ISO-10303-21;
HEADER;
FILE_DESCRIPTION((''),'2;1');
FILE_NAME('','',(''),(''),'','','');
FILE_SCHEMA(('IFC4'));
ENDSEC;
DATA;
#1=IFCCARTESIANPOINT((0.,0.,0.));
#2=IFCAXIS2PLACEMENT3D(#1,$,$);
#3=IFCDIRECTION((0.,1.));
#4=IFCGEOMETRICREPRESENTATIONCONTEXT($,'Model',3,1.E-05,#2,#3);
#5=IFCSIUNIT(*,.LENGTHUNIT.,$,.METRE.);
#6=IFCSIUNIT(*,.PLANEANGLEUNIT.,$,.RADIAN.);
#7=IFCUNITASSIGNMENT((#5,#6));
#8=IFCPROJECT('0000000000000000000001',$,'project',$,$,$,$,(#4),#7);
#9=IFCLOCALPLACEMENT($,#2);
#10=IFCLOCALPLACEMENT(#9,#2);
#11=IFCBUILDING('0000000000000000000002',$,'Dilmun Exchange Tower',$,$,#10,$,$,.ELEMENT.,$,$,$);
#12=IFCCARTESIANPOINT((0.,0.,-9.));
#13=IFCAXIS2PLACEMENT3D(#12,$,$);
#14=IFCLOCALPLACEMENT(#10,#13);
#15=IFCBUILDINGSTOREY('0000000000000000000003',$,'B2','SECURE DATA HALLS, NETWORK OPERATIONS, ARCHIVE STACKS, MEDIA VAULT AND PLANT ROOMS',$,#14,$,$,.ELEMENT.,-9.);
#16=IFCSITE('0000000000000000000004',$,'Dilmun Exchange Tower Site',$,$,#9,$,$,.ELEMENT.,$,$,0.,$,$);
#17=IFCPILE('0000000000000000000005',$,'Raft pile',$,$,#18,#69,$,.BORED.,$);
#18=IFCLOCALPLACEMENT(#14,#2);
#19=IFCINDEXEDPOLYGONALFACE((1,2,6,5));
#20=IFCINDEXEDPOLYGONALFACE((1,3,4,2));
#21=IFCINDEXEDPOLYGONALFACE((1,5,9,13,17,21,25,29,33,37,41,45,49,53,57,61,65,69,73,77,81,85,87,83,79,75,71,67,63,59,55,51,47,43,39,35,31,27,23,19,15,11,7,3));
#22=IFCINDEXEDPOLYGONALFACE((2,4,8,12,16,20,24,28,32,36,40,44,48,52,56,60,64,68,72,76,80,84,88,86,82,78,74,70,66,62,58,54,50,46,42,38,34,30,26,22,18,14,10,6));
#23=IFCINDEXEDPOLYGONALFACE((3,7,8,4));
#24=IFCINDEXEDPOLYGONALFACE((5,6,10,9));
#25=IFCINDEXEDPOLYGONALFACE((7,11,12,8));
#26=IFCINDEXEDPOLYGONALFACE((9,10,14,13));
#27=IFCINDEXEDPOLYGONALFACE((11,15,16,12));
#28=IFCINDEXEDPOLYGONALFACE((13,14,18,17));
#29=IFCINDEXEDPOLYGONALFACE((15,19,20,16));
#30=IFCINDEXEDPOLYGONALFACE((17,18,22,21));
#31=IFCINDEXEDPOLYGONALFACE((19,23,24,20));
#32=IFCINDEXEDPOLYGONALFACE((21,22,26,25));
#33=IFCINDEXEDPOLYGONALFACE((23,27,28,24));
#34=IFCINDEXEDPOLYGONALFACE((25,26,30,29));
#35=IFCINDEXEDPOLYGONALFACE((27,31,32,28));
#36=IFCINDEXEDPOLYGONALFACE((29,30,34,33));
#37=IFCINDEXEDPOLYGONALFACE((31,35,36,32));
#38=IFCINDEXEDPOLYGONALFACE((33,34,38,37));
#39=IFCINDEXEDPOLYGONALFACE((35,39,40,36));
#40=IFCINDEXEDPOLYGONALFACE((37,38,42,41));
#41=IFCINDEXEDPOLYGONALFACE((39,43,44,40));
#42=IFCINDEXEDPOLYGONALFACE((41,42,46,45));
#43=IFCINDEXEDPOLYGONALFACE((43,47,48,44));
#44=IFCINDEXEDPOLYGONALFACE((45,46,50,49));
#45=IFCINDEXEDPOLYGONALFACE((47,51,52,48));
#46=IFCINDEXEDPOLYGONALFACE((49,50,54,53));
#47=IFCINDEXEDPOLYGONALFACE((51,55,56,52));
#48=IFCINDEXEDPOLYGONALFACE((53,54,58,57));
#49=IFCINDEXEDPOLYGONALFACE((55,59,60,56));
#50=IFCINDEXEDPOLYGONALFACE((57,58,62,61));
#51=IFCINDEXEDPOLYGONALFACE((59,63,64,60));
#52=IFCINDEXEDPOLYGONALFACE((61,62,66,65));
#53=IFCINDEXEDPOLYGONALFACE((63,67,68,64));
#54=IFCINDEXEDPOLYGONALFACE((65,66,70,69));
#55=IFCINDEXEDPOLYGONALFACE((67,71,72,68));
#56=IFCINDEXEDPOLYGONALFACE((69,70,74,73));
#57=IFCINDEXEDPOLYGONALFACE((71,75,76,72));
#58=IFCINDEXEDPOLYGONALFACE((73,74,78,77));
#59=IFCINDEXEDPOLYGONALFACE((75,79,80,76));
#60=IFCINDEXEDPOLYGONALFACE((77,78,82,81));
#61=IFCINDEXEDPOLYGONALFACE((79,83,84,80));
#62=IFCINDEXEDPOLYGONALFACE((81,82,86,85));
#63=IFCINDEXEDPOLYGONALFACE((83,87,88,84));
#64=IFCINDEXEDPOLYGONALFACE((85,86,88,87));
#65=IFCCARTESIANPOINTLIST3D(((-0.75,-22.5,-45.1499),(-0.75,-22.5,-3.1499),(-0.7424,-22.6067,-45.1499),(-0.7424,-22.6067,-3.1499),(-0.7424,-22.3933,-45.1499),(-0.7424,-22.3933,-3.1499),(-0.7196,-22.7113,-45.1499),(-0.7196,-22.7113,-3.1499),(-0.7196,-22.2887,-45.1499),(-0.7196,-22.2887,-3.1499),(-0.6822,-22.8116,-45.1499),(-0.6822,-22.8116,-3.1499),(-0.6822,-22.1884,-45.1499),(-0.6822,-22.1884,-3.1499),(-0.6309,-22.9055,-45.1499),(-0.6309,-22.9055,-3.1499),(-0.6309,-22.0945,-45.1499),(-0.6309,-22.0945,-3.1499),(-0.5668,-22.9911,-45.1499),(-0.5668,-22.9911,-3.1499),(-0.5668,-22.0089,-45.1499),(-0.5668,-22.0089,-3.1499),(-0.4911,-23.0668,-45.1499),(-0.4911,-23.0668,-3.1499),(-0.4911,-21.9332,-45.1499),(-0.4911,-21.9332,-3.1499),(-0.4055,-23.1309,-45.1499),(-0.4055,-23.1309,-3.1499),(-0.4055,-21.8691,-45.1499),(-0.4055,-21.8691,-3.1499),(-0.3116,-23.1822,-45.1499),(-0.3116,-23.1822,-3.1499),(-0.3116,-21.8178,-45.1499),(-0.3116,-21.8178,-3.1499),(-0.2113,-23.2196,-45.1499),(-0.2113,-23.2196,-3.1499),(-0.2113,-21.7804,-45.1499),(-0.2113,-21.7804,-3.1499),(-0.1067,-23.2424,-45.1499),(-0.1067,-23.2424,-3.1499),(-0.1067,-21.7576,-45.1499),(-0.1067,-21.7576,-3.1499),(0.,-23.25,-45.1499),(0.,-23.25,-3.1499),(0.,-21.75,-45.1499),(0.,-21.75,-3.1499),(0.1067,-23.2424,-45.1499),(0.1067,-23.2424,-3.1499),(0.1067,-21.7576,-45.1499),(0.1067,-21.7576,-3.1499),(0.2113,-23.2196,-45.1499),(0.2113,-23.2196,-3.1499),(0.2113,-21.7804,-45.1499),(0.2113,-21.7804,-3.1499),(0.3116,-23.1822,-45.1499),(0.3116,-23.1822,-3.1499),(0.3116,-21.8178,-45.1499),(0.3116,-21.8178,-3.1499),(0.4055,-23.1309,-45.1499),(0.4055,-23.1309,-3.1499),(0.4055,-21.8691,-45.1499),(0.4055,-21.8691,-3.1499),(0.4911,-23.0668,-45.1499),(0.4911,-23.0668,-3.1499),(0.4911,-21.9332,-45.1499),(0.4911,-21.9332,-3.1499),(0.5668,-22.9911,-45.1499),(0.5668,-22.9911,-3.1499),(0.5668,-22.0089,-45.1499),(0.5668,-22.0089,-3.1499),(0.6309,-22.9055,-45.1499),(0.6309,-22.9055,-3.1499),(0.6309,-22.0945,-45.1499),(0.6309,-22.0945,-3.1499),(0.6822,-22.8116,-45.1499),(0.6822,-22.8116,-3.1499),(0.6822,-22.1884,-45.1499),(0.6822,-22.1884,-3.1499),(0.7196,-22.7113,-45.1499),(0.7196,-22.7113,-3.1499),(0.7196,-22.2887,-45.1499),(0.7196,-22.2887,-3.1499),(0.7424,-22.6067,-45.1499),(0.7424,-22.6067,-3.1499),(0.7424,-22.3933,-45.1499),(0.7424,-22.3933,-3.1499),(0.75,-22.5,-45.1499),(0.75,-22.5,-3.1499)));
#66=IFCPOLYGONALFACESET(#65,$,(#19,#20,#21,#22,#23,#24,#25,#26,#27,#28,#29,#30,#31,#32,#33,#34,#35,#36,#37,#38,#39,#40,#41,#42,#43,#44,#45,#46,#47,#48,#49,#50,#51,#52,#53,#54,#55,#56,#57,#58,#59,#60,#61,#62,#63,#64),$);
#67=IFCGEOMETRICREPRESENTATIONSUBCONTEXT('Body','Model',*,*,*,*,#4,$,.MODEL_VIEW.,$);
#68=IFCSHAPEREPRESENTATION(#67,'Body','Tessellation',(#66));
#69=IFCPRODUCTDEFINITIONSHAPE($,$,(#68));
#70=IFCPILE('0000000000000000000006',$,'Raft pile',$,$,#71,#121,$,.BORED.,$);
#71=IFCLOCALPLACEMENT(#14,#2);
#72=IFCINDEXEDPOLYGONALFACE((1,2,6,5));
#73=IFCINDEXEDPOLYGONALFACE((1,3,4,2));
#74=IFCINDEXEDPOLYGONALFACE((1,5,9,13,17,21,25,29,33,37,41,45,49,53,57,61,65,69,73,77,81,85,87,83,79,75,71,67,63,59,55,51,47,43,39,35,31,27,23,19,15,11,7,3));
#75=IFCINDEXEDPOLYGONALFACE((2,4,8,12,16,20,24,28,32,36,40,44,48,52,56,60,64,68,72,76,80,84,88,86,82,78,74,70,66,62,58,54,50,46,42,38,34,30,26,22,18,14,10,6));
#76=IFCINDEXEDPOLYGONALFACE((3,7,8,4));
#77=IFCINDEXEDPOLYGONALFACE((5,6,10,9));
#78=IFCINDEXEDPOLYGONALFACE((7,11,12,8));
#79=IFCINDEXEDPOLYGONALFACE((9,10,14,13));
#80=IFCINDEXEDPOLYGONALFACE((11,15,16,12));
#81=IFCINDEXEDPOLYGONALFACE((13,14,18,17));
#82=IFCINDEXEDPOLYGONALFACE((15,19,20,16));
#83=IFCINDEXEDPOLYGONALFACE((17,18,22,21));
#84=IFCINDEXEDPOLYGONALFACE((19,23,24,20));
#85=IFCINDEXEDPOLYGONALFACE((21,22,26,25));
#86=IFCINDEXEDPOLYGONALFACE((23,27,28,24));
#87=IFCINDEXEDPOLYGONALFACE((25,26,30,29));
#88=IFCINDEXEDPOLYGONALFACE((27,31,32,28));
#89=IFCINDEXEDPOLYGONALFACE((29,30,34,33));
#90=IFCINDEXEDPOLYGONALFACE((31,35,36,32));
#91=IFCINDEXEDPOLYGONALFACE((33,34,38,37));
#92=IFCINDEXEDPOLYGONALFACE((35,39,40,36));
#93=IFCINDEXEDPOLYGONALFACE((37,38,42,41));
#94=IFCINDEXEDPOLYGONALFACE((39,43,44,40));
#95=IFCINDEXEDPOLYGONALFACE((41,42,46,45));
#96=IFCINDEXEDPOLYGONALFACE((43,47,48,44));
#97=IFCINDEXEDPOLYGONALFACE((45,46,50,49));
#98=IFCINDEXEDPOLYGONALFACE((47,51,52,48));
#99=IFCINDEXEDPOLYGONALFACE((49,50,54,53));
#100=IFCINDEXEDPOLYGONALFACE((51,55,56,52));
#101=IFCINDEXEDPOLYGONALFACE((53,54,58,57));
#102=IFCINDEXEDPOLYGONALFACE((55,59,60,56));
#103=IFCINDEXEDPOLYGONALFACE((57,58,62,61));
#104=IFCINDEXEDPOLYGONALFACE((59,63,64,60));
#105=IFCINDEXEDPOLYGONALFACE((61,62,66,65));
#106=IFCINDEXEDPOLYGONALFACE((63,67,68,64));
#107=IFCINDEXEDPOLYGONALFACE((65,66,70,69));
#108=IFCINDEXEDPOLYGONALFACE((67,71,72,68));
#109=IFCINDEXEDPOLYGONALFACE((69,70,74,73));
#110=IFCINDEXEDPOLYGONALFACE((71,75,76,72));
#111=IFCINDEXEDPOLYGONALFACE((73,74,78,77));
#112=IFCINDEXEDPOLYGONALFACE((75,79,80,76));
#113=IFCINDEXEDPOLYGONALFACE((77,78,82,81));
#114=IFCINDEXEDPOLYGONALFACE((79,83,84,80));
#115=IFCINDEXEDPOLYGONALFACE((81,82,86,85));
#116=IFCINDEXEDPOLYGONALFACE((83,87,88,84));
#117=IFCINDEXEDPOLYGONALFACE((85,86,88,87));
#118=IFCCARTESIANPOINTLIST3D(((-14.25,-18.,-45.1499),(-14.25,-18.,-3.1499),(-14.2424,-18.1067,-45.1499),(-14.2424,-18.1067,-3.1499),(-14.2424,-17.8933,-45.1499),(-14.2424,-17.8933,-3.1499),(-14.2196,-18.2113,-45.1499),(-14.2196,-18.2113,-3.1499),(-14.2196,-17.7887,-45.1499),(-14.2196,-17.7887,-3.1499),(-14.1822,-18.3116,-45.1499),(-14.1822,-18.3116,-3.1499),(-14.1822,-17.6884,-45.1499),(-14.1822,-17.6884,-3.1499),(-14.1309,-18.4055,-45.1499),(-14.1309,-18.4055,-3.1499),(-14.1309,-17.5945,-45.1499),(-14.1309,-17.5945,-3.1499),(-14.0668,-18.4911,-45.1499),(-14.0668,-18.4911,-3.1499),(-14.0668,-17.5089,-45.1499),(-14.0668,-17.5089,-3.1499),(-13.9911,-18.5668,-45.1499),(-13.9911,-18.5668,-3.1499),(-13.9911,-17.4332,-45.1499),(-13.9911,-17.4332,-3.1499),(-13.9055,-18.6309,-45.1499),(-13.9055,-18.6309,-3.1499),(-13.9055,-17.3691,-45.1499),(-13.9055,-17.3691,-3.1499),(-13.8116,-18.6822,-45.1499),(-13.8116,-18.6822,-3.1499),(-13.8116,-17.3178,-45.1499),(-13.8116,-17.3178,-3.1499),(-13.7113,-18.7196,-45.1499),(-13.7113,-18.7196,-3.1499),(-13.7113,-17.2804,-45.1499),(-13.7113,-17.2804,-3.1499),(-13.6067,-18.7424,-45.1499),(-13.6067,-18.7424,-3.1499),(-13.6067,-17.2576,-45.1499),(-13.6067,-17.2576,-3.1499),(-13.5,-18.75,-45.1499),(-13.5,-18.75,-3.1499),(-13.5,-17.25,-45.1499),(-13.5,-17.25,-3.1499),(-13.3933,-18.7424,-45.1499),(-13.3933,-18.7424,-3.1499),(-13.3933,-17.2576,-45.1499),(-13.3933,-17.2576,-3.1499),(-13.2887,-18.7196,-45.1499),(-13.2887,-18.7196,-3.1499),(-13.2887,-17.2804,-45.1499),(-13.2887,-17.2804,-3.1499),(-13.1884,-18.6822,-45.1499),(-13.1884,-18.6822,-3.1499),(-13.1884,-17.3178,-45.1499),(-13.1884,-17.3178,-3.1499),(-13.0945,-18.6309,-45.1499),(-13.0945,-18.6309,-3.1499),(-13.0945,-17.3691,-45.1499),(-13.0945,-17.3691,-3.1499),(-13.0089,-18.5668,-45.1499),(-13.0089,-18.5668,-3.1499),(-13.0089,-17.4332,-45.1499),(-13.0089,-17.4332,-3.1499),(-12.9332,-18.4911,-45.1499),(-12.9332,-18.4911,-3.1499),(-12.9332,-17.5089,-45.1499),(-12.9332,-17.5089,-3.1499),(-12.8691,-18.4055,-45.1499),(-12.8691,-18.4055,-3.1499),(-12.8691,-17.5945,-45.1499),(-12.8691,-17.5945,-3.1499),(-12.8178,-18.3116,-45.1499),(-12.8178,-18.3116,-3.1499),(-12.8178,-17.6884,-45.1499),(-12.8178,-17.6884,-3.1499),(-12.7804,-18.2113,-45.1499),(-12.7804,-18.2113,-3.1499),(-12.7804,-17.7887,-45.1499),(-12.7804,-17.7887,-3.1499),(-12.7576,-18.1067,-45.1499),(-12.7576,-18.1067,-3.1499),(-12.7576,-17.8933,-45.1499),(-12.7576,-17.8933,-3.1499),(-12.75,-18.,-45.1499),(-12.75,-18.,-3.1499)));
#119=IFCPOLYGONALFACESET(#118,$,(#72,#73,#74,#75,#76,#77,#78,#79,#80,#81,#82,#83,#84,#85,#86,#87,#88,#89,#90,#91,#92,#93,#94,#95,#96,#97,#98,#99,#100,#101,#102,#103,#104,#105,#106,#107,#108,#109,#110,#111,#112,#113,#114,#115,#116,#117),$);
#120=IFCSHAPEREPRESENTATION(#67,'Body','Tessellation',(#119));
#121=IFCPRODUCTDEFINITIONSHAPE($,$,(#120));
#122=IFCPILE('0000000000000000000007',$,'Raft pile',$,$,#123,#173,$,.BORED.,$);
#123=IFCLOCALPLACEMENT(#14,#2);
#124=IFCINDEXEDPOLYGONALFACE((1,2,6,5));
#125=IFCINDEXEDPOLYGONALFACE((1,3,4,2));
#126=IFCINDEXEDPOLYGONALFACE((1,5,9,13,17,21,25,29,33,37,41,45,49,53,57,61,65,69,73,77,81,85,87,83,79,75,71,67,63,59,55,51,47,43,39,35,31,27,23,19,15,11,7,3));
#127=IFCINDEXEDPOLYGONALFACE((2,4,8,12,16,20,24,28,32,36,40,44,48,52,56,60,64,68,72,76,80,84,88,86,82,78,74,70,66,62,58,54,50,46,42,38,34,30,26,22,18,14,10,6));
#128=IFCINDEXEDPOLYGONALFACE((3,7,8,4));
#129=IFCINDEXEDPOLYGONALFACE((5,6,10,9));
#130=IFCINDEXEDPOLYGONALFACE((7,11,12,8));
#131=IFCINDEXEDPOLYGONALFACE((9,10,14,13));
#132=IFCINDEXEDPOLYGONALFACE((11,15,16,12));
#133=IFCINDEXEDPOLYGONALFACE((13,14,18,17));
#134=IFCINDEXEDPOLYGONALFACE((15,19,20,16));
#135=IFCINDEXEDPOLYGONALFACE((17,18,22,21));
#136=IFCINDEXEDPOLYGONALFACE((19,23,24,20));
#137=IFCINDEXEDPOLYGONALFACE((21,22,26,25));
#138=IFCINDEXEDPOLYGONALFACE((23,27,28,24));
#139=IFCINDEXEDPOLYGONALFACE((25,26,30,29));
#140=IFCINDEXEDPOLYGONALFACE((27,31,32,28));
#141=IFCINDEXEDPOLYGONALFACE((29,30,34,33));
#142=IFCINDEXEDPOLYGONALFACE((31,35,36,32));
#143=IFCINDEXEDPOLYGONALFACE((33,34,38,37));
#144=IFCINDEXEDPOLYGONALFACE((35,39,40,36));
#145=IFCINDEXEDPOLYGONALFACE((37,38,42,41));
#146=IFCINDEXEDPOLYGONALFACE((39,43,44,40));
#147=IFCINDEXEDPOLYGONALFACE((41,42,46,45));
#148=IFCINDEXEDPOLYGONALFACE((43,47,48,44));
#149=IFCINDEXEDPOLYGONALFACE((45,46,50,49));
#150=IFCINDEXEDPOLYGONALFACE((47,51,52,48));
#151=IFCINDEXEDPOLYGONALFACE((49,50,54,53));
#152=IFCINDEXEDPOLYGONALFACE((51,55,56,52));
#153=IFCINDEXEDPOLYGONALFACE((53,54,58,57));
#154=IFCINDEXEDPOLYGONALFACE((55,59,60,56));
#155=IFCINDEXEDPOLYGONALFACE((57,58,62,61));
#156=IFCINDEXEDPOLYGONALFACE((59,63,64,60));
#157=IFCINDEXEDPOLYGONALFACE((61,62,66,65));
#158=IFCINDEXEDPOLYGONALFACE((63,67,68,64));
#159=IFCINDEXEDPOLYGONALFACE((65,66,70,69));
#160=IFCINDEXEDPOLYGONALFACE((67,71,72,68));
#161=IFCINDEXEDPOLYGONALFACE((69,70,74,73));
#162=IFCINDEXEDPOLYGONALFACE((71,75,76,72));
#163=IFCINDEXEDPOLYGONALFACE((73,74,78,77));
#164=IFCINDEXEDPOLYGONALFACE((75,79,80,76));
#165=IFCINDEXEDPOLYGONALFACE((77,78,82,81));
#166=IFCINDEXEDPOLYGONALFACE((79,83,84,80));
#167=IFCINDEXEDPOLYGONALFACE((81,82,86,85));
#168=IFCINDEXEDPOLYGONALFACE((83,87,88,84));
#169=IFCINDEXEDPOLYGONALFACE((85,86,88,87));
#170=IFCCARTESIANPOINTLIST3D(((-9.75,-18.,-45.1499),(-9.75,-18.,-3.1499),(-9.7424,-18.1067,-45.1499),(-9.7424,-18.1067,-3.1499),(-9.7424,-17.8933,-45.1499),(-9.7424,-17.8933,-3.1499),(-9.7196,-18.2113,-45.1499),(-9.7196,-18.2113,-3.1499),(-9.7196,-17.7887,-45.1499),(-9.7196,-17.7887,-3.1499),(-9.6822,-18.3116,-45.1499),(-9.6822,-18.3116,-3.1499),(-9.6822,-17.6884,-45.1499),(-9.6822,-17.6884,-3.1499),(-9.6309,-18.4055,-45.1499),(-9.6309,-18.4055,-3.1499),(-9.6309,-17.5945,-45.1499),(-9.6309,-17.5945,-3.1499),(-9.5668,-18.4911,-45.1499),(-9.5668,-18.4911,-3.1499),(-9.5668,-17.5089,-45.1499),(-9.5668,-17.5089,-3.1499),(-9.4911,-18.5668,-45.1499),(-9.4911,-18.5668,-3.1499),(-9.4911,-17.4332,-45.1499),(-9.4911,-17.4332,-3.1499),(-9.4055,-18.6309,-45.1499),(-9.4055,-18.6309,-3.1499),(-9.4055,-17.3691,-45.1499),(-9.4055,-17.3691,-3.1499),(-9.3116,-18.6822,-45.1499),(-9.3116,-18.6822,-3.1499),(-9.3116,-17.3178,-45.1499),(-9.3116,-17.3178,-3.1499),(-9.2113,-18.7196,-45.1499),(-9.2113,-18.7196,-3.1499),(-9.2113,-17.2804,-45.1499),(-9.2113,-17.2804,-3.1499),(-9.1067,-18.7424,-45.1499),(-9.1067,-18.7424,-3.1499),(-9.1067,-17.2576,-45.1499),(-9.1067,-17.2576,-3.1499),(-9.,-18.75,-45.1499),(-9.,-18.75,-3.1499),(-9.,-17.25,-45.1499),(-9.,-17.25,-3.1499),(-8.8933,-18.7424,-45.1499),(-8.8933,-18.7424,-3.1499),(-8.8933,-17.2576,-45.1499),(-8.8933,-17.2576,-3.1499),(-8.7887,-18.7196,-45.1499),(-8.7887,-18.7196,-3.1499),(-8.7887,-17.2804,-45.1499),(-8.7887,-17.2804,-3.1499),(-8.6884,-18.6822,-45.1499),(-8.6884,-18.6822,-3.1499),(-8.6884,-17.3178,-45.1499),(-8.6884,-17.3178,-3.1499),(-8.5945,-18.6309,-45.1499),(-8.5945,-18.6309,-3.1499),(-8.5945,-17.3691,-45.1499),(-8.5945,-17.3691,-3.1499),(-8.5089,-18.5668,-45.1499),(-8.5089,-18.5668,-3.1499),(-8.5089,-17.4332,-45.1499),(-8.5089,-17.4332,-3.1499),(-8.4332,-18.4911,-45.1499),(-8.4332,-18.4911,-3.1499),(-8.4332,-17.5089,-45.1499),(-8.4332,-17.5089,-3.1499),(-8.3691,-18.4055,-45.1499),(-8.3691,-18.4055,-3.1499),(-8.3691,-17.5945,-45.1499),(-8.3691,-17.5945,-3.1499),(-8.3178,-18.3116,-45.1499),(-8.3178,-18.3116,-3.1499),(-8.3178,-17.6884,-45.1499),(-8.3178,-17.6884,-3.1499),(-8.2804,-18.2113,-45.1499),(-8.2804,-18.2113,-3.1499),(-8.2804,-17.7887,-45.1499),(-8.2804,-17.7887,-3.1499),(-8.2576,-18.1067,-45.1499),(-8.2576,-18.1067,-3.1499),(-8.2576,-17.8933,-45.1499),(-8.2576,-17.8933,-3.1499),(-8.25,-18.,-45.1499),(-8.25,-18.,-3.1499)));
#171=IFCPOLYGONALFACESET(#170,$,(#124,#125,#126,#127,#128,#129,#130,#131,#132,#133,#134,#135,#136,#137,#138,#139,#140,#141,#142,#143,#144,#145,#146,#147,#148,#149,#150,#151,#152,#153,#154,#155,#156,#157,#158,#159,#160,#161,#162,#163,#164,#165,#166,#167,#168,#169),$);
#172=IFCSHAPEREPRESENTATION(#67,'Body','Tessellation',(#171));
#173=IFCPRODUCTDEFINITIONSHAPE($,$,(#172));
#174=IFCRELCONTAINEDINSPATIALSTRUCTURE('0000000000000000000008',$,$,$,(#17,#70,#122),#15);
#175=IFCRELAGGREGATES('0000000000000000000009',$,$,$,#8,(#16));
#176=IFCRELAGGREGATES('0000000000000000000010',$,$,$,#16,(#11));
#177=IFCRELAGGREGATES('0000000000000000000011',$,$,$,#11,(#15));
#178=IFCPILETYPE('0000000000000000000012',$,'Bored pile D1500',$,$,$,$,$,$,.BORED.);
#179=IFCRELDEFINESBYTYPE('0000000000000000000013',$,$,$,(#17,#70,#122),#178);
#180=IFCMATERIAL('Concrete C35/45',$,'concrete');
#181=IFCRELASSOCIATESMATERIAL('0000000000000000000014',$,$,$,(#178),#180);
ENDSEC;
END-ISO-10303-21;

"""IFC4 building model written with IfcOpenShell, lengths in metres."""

from ifc_helpers import new_model, si_unit, direction, frame, origin, origin_2d, place, context, subcontext, project, spatial, circle, extrude, material, material_profile, profile_set, type_object, element, save


model = new_model("IFC4")

# Units and contexts
model_context = context("Model", 3, precision=1e-05, world=origin(), true_north=direction((0.0, 1.0)))
body_context = subcontext(model_context, "Body", "Model", "MODEL_VIEW")
ifc_project = project(units=[si_unit("LENGTHUNIT", "METRE"), si_unit("PLANEANGLEUNIT", "RADIAN")], contexts=[model_context])

# Site, building, storey
site_placement = place(None, origin())
site = spatial("IfcSite", under=ifc_project, at=site_placement, Name="Dilmun Exchange Tower Site", CompositionType="ELEMENT", RefElevation=0.0)
building_placement = place(site_placement, origin())
building = spatial("IfcBuilding", under=site, at=building_placement, Name="Dilmun Exchange Tower", CompositionType="ELEMENT")
storey_placement = place(building_placement, frame((0.0, 0.0, -9.0)))
storey = spatial("IfcBuildingStorey", under=building, at=storey_placement, Name="B2", Description="SECURE DATA HALLS, NETWORK OPERATIONS, ARCHIVE STACKS, MEDIA VAULT AND PLANT ROOMS", CompositionType="ELEMENT", Elevation=-9.0)

# Piles
ifc_material_1 = material(Name="Concrete C35/45", Category="concrete")
ifc_material_profile_1 = material_profile(ifc_material_1, circle(Radius=0.75, at=origin_2d()), Name="D1500")
ifc_profile_set_1 = profile_set([ifc_material_profile_1], Name="Concrete C35/45")
pile_type = type_object("IfcPileType", Name="Bored pile D1500", PredefinedType="BORED", material=ifc_profile_set_1)
for number, where, z_axis, x_axis, name in (
    (1, (0.0, -22.5, -3.1499), (0.0, 0.0, -1.0), (1.0, 0.0, 0.0), "Raft pile"),
    (2, (-13.5, -18.0, -3.1499), (0.0, 0.0, -1.0), (1.0, 0.0, 0.0), "Raft pile"),
    (3, (-9.0, -18.0, -3.1499), (0.0, 0.0, -1.0), (1.0, 0.0, 0.0), "Raft pile"),
):
    element("IfcPile", number, at=place(storey_placement, frame(where, z_axis=z_axis, x_axis=x_axis)), inside=storey, type_object=pile_type, Name=name, PredefinedType="BORED", context=body_context, shape_type="SweptSolid", body=[
        extrude(circle(Radius=0.75, at=origin_2d()), origin(), (0.0, 0.0, 1.0), 42.0),
    ])

save(model, "model.ifc")
